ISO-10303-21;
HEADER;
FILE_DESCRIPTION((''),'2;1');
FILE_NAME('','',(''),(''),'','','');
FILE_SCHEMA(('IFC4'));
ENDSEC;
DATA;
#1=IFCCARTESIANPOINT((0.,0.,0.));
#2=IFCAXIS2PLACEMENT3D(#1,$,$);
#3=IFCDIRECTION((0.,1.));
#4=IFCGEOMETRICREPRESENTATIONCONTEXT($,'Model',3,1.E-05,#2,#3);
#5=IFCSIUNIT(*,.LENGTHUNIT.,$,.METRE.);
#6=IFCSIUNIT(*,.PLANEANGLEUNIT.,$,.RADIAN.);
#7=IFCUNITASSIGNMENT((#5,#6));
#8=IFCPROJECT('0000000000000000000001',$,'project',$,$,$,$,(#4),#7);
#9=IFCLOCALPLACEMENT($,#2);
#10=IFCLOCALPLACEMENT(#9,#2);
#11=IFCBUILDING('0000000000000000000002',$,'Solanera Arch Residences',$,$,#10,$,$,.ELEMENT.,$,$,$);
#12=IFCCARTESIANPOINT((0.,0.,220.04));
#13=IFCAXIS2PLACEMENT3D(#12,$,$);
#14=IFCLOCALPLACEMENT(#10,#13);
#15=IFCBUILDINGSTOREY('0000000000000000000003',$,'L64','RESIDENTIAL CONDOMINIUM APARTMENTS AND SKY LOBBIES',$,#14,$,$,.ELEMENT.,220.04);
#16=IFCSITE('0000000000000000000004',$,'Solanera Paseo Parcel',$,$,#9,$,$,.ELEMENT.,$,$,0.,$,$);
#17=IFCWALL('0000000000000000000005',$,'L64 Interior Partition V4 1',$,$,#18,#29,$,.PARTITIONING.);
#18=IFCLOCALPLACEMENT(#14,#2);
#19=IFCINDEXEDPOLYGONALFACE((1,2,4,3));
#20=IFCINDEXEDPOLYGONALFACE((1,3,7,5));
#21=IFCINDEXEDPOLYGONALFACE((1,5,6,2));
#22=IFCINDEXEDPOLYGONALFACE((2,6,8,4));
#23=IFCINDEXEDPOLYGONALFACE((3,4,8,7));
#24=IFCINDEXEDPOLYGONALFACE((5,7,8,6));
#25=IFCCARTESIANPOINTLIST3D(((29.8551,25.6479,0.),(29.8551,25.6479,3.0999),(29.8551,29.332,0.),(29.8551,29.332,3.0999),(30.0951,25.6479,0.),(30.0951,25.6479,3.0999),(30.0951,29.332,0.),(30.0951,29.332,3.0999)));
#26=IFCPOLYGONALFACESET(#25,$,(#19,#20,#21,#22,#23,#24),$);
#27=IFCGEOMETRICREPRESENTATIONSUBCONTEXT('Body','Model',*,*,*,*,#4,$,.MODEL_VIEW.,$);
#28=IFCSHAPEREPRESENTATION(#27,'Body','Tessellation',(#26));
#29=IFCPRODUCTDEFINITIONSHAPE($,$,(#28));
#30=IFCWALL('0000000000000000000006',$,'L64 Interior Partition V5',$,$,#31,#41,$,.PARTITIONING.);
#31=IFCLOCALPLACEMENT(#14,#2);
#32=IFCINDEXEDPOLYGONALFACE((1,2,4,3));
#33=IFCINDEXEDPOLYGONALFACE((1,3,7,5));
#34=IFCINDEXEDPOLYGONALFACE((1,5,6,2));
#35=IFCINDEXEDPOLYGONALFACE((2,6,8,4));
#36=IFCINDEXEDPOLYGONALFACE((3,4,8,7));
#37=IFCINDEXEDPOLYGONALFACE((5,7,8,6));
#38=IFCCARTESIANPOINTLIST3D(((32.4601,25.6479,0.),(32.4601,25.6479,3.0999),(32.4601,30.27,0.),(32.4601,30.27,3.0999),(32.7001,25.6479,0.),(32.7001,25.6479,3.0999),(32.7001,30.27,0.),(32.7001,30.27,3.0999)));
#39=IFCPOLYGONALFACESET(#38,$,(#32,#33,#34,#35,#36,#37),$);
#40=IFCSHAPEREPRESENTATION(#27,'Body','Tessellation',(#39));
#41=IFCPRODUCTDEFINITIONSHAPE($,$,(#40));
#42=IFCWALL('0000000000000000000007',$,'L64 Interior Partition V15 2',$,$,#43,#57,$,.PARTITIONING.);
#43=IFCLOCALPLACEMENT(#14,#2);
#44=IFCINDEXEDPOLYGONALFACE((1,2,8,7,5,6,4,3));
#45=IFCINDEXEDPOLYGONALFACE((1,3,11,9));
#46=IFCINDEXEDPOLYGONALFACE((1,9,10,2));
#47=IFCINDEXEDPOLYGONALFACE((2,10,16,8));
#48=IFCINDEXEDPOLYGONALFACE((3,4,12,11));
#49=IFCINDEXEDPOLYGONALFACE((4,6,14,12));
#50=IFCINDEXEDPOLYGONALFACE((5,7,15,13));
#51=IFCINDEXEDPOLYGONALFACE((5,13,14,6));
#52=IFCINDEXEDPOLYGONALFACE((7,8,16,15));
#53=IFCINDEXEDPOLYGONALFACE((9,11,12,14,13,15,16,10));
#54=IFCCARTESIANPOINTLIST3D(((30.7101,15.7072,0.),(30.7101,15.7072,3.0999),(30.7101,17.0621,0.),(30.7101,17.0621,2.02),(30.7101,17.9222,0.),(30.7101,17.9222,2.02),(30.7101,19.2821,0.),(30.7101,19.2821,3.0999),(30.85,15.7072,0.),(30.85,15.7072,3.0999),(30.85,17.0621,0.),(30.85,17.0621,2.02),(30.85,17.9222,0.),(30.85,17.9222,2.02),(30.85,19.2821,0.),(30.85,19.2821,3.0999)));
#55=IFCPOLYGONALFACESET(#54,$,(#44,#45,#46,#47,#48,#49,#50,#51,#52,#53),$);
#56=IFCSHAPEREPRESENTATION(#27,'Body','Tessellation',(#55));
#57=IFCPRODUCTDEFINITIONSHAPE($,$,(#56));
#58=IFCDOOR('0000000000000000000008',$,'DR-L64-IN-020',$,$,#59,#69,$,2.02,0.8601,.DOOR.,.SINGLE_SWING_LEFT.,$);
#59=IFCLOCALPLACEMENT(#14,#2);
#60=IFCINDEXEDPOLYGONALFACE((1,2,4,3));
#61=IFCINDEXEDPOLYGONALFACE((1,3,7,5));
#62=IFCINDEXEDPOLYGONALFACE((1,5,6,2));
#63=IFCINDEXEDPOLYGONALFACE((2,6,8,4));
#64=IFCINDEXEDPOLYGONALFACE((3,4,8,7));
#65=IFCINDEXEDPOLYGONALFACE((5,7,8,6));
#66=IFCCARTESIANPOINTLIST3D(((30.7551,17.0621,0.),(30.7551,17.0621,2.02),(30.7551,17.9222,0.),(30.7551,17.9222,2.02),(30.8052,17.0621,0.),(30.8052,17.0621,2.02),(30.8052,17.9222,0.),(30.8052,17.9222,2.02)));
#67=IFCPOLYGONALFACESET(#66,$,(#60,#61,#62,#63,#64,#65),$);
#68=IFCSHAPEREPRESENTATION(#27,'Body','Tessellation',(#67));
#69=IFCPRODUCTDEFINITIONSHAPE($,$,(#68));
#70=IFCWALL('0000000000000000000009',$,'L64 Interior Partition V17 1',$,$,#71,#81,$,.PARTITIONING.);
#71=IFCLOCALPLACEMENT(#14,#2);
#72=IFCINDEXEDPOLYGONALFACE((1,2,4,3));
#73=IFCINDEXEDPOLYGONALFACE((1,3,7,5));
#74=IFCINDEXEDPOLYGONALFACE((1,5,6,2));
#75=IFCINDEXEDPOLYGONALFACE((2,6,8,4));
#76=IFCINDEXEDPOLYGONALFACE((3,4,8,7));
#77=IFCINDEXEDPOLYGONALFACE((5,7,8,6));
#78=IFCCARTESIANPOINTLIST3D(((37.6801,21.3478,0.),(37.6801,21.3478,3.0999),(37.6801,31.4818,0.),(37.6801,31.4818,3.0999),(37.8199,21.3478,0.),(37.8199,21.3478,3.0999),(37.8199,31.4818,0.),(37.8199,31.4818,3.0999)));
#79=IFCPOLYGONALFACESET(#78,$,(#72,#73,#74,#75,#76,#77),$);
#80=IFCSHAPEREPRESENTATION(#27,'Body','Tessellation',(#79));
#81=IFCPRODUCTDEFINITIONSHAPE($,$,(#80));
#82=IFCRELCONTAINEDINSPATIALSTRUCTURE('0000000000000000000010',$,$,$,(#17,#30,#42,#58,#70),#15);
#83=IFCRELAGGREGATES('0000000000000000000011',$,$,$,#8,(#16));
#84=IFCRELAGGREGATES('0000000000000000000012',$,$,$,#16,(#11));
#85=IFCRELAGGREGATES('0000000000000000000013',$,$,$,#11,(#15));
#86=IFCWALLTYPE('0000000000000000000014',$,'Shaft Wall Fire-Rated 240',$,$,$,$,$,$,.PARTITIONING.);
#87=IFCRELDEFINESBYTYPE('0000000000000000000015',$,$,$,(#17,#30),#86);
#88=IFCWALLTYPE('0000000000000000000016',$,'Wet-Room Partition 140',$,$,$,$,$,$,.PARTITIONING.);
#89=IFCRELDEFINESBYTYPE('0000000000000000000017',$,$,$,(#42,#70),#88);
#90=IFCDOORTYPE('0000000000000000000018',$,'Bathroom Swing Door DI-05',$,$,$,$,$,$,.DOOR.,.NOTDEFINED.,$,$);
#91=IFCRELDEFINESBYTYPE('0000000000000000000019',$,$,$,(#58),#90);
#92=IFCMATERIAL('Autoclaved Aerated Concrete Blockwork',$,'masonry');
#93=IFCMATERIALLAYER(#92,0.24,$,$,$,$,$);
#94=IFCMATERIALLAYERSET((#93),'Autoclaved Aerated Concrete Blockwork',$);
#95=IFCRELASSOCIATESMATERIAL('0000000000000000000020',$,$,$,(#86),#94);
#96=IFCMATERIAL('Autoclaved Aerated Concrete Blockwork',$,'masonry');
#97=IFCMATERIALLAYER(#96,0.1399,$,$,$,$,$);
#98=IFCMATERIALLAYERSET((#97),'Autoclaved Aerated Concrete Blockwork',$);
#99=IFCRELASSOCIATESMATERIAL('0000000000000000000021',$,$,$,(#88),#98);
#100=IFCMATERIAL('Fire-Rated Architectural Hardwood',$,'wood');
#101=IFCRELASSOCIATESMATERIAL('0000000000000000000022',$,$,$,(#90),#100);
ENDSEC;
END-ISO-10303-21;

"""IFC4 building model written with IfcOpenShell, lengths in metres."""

from ifc_helpers import new_model, si_unit, direction, frame, frame_2d, origin, place, context, subcontext, project, spatial, rectangle, extrude, material, layer, layer_set, type_object, element, fill, save


model = new_model("IFC4")

# Units and contexts
model_context = context("Model", 3, precision=1e-05, world=origin(), true_north=direction((0.0, 1.0)))
body_context = subcontext(model_context, "Body", "Model", "MODEL_VIEW")
ifc_project = project(units=[si_unit("LENGTHUNIT", "METRE"), si_unit("PLANEANGLEUNIT", "RADIAN")], contexts=[model_context])

# Site, building, storey
site_placement = place(None, origin())
site = spatial("IfcSite", under=ifc_project, at=site_placement, Name="Solanera Paseo Parcel", CompositionType="ELEMENT", RefElevation=0.0)
building_placement = place(site_placement, origin())
building = spatial("IfcBuilding", under=site, at=building_placement, Name="Solanera Arch Residences", CompositionType="ELEMENT")
storey_placement = place(building_placement, frame((0.0, 0.0, 220.04)))
storey = spatial("IfcBuildingStorey", under=building, at=storey_placement, Name="L64", Description="RESIDENTIAL CONDOMINIUM APARTMENTS AND SKY LOBBIES", CompositionType="ELEMENT", Elevation=220.04)

# Wall
ifc_material_1 = material(Name="Autoclaved Aerated Concrete Blockwork", Category="masonry")
ifc_layer_1 = layer(ifc_material_1, 0.24)
ifc_layer_set_1 = layer_set([ifc_layer_1], Name="Autoclaved Aerated Concrete Blockwork")
wall_type_1 = type_object("IfcWallType", Name="Shaft Wall Fire-Rated 240", PredefinedType="PARTITIONING", material=ifc_layer_set_1)
wall_1_placement = place(storey_placement, frame((29.9751, 25.6479, 0.0), z_axis=(0.0, 0.0, 1.0), x_axis=(0.0, 1.0, 0.0)))
element("IfcWall", 1, at=wall_1_placement, inside=storey, type_object=wall_type_1, Name="L64 Interior Partition V4 1", PredefinedType="PARTITIONING", context=body_context, shape_type="SweptSolid", body=[
    extrude(rectangle(XDim=3.6841, YDim=0.24, at=frame_2d((1.842, 0.0))), origin(), (0.0, 0.0, 1.0), 3.0999),
])

# Wall
wall_2_placement = place(storey_placement, frame((32.5801, 25.6479, 0.0), z_axis=(0.0, 0.0, 1.0), x_axis=(0.0, 1.0, 0.0)))
element("IfcWall", 2, at=wall_2_placement, inside=storey, type_object=wall_type_1, Name="L64 Interior Partition V5", PredefinedType="PARTITIONING", context=body_context, shape_type="SweptSolid", body=[
    extrude(rectangle(XDim=4.6221, YDim=0.24, at=frame_2d((2.311, 0.0))), origin(), (0.0, 0.0, 1.0), 3.0999),
])

# Wall, opening, door
ifc_material_2 = material(Name="Autoclaved Aerated Concrete Blockwork", Category="masonry")
ifc_layer_2 = layer(ifc_material_2, 0.1399)
ifc_layer_set_2 = layer_set([ifc_layer_2], Name="Autoclaved Aerated Concrete Blockwork")
wall_type_2 = type_object("IfcWallType", Name="Wet-Room Partition 140", PredefinedType="PARTITIONING", material=ifc_layer_set_2)
wall_3_placement = place(storey_placement, frame((30.78, 15.707, 0.0), z_axis=(0.0, 0.0, 1.0), x_axis=(0.0, 1.0, 0.0)))
wall_3 = element("IfcWall", 3, at=wall_3_placement, inside=storey, type_object=wall_type_2, Name="L64 Interior Partition V15 2", PredefinedType="PARTITIONING", context=body_context, shape_type="SweptSolid", body=[
    extrude(rectangle(XDim=3.575, YDim=0.1399, at=frame_2d((1.7876, 0.0))), origin(), (0.0, 0.0, 1.0), 3.0999),
])
opening_1_placement = place(wall_3_placement, frame((1.355, 0.0, 0.0)))
opening_1 = element("IfcOpeningElement", 4, at=opening_1_placement, cuts=wall_3, PredefinedType="OPENING", context=body_context, shape_type="SweptSolid", body=[
    extrude(rectangle(XDim=0.8601, YDim=2.02, at=frame_2d((0.4302, 1.01))), frame((0.0, 0.0798, 0.0), z_axis=(0.0, -1.0, 0.0), x_axis=(1.0, 0.0, 0.0)), (0.0, 0.0, 1.0), 0.1599),
])
ifc_material_3 = material(Name="Fire-Rated Architectural Hardwood", Category="wood")
door_type_1 = type_object("IfcDoorType", Name="Bathroom Swing Door DI-05", OperationType="NOTDEFINED", PredefinedType="DOOR", material=ifc_material_3)
door_1_placement = place(opening_1_placement, origin())
door_1 = element("IfcDoor", 5, at=door_1_placement, inside=storey, type_object=door_type_1, Name="DR-L64-IN-020", OperationType="SINGLE_SWING_LEFT", OverallHeight=2.02, OverallWidth=0.8601, PredefinedType="DOOR", context=body_context, shape_type="SweptSolid", body=[
    extrude(rectangle(XDim=0.8601, YDim=2.02, at=frame_2d((0.4302, 1.01))), frame((0.0, 0.0249, 0.0), z_axis=(0.0, -1.0, 0.0), x_axis=(1.0, 0.0, 0.0)), (0.0, 0.0, 1.0), 0.05),
])
fill(opening_1, door_1)

# Wall
wall_4_placement = place(storey_placement, frame((37.75, 21.3479, 0.0), z_axis=(0.0, 0.0, 1.0), x_axis=(0.0, 1.0, 0.0)))
element("IfcWall", 6, at=wall_4_placement, inside=storey, type_object=wall_type_2, Name="L64 Interior Partition V17 1", PredefinedType="PARTITIONING", context=body_context, shape_type="SweptSolid", body=[
    extrude(rectangle(XDim=10.134, YDim=0.1399, at=frame_2d((5.0669, 0.0))), origin(), (0.0, 0.0, 1.0), 3.0999),
])

save(model, "model.ifc")
